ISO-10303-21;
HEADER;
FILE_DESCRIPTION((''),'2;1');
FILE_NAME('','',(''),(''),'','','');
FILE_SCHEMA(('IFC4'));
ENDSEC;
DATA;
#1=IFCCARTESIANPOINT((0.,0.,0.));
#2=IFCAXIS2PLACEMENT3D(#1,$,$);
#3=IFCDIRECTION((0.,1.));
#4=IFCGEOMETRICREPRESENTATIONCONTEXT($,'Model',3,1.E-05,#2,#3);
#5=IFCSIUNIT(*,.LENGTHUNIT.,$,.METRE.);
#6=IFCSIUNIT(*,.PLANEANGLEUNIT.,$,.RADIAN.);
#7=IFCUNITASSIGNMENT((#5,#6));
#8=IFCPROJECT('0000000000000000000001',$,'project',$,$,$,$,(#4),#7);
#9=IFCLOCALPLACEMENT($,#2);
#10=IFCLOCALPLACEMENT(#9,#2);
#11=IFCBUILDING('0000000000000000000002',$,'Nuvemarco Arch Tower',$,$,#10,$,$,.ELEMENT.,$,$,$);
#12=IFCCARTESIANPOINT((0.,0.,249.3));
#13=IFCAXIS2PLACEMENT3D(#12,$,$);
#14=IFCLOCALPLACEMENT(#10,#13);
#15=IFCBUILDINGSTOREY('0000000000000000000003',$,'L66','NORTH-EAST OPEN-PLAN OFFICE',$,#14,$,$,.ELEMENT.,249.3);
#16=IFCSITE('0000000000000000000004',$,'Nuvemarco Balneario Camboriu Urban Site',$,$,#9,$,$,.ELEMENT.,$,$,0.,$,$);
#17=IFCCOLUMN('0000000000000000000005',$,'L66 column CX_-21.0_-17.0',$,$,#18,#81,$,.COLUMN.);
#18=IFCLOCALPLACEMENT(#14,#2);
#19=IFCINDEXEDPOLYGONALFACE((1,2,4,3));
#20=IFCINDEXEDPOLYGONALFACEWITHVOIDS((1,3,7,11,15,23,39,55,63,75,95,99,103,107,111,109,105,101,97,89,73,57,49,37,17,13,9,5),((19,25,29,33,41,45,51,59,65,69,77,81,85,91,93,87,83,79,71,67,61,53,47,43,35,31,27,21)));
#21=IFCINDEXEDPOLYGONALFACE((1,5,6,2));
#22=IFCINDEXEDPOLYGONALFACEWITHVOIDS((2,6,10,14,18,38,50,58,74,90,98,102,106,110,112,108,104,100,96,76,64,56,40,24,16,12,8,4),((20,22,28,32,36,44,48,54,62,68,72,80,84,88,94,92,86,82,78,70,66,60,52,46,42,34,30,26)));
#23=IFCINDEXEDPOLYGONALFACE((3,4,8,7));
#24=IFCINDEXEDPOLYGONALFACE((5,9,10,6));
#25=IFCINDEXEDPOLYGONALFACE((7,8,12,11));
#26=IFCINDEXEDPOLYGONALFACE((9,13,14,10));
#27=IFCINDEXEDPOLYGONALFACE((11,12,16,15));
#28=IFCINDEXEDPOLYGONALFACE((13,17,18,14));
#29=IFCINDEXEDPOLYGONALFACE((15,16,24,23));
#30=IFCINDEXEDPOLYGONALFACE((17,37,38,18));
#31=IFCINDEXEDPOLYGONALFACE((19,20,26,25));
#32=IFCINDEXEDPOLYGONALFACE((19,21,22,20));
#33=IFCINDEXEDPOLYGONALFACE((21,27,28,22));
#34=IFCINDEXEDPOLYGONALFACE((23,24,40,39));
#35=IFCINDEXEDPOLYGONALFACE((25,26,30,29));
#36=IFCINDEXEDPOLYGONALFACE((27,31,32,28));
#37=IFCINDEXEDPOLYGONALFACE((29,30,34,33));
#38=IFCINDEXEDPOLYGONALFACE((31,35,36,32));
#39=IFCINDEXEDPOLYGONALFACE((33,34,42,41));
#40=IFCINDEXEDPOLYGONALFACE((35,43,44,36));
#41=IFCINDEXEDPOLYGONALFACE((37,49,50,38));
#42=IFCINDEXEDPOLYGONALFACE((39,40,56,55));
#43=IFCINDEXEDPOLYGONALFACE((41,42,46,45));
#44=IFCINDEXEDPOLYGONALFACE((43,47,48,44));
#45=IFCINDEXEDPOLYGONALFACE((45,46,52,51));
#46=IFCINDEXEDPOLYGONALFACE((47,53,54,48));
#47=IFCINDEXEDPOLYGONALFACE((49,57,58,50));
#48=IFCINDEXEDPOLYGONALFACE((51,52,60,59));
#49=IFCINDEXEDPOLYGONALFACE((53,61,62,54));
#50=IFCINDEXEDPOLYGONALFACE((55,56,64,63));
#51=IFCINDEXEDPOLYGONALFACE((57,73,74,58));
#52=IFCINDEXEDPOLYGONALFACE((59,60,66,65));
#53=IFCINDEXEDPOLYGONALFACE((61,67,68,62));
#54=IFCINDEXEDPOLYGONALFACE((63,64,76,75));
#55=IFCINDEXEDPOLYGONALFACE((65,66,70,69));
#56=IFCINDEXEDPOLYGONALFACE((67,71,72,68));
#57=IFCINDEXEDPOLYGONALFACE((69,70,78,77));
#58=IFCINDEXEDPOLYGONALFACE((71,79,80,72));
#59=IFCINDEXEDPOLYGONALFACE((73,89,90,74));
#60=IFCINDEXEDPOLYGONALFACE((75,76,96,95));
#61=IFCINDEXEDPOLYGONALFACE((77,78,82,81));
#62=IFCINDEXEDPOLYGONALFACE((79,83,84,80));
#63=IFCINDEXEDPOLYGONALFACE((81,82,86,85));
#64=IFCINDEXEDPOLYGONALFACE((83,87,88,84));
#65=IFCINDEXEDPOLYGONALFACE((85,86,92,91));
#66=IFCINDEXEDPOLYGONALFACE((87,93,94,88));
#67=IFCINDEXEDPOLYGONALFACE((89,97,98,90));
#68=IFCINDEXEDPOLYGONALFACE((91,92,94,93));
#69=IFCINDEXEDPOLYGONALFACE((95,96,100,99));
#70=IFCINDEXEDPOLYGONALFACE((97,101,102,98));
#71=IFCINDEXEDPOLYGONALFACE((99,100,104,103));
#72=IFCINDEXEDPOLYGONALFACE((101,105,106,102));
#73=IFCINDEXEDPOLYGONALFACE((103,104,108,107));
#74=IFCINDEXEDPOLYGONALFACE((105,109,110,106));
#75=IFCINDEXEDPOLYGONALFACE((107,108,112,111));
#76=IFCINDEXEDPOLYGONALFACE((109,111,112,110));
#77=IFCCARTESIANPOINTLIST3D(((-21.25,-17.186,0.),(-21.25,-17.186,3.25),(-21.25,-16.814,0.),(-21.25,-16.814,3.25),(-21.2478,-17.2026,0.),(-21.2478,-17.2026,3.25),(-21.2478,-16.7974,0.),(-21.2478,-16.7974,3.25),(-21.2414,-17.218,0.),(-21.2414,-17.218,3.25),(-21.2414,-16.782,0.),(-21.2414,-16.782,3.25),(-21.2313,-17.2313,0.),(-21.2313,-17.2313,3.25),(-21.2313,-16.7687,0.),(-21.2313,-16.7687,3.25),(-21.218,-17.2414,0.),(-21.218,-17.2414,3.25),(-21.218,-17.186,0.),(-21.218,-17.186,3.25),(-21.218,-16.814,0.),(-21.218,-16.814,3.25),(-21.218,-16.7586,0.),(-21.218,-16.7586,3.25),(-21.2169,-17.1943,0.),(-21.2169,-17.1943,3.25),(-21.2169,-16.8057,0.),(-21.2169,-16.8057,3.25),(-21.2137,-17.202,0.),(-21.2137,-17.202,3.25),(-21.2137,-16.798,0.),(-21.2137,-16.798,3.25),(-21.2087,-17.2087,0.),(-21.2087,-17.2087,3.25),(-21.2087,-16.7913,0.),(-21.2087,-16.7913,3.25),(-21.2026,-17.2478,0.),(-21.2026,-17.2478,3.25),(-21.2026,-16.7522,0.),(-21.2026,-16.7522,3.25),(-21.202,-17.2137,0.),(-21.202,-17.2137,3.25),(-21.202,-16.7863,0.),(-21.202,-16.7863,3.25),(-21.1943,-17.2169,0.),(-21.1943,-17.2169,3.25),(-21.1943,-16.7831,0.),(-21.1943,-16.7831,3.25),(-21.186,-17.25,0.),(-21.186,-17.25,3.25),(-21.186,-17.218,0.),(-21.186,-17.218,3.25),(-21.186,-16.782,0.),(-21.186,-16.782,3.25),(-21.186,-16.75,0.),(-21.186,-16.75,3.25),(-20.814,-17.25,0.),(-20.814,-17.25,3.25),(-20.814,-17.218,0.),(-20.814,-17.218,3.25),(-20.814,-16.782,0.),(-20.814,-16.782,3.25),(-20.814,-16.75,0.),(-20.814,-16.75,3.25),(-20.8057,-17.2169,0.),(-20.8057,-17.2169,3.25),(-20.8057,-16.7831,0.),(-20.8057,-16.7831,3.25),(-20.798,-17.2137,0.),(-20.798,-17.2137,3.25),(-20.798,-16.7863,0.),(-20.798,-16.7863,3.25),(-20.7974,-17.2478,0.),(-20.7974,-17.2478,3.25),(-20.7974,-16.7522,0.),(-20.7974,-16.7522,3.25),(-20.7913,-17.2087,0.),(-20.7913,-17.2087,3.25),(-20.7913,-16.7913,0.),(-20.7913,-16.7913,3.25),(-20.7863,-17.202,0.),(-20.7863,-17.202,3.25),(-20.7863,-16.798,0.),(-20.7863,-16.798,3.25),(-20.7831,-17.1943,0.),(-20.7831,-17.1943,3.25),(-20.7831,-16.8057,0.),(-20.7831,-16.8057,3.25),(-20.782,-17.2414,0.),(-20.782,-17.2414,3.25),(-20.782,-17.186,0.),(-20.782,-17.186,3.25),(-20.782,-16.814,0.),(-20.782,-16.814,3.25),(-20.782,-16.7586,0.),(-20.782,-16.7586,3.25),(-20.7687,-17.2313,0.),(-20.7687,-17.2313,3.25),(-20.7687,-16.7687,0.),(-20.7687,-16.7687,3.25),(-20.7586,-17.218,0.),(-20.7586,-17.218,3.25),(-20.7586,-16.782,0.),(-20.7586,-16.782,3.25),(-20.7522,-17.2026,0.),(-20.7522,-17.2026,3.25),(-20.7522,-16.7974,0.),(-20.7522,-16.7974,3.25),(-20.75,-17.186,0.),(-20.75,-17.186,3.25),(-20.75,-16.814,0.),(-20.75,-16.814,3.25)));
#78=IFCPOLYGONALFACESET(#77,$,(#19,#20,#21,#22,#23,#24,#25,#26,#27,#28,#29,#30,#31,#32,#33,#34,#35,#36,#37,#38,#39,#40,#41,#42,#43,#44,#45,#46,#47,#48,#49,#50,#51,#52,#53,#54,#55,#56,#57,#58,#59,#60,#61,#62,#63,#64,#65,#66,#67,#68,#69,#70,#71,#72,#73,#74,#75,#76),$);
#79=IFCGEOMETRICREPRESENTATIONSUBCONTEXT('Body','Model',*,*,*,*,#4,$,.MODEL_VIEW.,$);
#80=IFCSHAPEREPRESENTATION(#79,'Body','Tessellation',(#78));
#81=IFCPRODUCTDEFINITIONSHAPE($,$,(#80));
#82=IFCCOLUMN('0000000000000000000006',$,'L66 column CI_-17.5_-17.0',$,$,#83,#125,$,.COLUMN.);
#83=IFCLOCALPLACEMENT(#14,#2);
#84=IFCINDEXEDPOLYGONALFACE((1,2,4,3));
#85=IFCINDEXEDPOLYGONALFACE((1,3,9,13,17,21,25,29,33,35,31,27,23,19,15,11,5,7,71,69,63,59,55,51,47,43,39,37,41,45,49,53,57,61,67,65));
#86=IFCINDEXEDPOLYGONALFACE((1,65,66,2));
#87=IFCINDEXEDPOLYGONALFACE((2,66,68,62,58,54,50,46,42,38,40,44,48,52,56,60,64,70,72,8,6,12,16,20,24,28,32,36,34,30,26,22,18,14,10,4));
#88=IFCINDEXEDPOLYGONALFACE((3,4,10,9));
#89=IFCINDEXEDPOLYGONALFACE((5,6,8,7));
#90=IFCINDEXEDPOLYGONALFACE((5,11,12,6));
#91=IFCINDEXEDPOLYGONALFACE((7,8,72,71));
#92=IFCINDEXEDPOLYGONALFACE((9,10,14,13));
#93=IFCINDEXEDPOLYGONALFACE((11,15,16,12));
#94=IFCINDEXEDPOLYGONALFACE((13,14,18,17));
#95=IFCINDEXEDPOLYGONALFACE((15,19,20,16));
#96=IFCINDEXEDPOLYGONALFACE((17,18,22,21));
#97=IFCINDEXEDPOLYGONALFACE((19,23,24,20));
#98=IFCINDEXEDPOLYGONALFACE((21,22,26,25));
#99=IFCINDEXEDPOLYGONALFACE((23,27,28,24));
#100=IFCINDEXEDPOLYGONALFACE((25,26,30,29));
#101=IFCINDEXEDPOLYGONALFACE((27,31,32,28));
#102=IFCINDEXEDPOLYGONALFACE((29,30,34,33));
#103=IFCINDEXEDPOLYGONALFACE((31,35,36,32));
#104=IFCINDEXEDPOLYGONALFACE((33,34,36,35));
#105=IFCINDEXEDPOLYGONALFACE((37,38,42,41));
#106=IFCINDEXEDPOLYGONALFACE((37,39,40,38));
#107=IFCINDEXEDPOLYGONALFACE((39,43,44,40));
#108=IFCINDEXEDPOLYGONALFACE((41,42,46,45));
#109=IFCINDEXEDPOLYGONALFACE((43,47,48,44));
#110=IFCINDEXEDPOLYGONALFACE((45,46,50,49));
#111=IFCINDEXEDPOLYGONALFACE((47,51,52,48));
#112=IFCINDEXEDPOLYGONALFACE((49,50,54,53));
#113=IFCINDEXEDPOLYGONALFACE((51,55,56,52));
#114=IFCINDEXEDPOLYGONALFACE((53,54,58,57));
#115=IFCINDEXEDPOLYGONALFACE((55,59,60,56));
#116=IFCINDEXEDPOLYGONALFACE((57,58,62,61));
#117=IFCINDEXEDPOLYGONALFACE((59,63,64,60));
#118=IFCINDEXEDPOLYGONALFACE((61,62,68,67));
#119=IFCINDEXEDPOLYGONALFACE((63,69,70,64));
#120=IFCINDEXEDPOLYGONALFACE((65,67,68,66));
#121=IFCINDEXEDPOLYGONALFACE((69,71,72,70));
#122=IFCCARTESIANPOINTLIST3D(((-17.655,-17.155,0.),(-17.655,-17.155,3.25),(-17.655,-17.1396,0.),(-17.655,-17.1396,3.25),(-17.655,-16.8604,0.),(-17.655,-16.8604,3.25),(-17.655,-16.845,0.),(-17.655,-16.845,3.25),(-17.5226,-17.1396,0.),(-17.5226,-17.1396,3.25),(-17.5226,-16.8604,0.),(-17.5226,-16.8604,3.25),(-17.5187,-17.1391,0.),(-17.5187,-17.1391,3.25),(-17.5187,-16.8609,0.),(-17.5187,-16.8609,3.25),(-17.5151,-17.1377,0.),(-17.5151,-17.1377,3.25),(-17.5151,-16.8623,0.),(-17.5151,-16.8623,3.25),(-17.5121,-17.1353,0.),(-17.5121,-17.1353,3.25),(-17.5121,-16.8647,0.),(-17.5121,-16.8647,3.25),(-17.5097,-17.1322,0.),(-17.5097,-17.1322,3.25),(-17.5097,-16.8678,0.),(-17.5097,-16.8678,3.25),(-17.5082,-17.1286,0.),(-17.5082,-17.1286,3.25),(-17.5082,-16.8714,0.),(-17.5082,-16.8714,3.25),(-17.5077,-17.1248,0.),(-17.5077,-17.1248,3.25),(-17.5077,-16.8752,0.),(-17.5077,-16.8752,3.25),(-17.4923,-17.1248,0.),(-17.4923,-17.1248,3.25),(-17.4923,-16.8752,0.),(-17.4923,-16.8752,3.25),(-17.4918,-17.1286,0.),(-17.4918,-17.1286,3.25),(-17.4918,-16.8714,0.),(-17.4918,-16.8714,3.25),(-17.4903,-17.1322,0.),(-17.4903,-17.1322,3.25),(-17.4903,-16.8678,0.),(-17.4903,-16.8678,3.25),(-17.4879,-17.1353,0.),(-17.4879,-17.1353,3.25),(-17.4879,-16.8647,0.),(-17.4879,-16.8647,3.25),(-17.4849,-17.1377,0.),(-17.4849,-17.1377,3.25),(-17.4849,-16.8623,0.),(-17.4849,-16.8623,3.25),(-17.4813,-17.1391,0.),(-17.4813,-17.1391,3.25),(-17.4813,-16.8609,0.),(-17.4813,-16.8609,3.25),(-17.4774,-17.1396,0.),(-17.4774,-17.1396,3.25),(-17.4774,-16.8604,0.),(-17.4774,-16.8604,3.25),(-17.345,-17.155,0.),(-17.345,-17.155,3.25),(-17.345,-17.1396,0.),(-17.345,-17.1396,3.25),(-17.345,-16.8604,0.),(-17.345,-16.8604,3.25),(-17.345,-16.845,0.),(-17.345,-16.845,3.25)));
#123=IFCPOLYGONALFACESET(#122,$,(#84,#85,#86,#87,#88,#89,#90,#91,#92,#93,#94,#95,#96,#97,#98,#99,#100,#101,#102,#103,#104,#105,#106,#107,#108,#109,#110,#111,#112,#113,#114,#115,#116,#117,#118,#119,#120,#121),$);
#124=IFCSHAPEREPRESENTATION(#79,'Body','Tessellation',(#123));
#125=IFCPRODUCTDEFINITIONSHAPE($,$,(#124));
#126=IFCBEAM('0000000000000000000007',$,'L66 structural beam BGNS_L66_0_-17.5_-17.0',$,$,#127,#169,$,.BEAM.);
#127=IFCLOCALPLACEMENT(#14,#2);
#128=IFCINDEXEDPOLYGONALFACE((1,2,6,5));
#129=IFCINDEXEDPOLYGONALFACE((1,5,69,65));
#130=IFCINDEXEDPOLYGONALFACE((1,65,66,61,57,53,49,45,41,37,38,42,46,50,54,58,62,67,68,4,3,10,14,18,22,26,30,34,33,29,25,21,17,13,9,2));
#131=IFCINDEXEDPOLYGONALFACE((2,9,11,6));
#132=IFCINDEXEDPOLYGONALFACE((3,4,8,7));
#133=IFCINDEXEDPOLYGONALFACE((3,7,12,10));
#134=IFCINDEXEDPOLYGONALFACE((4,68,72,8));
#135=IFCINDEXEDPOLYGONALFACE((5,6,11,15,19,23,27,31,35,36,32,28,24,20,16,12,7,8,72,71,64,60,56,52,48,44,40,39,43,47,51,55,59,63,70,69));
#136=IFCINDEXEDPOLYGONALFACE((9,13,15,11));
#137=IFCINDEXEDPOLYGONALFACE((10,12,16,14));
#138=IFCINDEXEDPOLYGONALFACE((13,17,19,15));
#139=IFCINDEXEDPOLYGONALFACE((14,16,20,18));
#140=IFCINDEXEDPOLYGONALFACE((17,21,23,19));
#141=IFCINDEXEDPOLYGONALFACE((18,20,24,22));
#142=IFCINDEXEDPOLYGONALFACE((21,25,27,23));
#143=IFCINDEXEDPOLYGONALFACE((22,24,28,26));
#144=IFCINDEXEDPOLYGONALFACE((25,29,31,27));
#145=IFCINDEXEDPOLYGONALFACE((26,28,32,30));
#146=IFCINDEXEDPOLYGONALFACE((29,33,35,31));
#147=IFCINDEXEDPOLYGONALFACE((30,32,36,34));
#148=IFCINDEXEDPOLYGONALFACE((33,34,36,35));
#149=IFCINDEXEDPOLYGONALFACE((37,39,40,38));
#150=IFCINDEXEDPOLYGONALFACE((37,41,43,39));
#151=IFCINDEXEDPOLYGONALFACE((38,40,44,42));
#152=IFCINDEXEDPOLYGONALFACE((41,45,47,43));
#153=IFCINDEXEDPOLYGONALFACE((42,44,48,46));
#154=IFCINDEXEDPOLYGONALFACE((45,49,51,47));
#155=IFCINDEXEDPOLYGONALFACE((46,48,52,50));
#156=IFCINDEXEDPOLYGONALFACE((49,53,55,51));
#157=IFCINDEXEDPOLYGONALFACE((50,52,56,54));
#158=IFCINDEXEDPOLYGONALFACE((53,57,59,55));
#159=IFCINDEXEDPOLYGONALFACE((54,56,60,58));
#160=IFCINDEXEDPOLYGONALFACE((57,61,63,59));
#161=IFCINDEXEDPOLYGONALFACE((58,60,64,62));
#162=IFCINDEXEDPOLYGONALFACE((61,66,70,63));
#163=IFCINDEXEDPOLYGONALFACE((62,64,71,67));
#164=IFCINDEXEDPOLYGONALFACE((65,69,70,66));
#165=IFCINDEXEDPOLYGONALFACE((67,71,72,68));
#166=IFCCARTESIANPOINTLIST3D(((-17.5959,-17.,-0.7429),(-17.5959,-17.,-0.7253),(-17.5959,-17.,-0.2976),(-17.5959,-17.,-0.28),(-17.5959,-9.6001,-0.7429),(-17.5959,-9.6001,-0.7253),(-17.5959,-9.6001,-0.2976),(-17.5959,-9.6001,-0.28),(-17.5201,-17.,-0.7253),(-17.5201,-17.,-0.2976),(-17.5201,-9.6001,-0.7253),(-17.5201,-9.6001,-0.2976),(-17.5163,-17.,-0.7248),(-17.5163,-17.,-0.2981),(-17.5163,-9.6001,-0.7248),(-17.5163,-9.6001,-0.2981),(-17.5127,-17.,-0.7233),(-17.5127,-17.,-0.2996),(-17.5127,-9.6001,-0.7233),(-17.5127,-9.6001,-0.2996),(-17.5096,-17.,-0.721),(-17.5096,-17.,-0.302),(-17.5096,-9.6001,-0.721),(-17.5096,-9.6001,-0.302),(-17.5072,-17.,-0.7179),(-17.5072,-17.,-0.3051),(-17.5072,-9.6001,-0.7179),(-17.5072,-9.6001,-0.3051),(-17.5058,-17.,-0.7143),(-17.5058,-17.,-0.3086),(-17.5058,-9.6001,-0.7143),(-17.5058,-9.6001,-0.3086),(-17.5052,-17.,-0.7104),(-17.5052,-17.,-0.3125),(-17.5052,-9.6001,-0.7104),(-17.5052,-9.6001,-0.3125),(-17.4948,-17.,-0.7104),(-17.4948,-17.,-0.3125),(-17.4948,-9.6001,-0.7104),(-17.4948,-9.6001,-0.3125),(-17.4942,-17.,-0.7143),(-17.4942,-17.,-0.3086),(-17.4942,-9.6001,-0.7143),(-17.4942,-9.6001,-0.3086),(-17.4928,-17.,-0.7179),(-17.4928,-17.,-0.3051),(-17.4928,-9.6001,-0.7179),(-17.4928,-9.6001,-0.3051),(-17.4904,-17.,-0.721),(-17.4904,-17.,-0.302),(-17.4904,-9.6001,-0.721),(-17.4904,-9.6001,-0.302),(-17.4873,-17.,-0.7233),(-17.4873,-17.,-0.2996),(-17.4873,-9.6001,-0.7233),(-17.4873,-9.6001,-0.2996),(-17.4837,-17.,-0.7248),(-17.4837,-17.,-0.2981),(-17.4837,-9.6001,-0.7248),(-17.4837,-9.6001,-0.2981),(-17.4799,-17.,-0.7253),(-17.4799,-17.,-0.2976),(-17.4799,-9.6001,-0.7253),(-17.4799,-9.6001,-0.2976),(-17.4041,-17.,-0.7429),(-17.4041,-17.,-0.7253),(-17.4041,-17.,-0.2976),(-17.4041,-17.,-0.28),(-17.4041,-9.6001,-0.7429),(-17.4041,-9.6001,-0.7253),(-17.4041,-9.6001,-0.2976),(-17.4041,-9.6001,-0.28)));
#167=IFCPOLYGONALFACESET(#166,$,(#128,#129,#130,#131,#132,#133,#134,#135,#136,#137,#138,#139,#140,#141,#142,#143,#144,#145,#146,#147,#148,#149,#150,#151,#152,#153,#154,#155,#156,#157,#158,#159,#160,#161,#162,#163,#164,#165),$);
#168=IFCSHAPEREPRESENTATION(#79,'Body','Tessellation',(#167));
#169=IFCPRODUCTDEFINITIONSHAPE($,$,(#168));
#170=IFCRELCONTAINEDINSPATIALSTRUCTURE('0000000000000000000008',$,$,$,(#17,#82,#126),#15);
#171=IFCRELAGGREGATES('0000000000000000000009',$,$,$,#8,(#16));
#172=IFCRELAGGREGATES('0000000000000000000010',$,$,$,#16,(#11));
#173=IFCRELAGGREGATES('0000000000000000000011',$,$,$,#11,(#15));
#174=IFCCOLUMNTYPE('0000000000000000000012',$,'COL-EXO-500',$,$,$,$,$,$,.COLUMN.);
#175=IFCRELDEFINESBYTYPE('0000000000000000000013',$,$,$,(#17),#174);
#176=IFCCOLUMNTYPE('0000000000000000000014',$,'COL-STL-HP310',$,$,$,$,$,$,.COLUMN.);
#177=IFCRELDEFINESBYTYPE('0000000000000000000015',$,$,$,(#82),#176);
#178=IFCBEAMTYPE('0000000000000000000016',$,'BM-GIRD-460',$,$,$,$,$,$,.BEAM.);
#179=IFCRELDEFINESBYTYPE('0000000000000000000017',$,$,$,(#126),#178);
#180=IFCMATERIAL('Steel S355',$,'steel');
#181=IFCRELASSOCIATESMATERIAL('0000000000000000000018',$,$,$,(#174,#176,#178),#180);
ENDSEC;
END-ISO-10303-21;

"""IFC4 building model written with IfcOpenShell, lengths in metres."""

from ifc_helpers import new_model, si_unit, direction, frame, origin, origin_2d, place, context, subcontext, project, spatial, hollow_rectangle, i_section, extrude, material, material_profile, profile_set, type_object, element, save


model = new_model("IFC4")

# Units and contexts
model_context = context("Model", 3, precision=1e-05, world=origin(), true_north=direction((0.0, 1.0)))
body_context = subcontext(model_context, "Body", "Model", "MODEL_VIEW")
ifc_project = project(units=[si_unit("LENGTHUNIT", "METRE"), si_unit("PLANEANGLEUNIT", "RADIAN")], contexts=[model_context])

# Site, building, storey
site_placement = place(None, origin())
site = spatial("IfcSite", under=ifc_project, at=site_placement, Name="Nuvemarco Balneario Camboriu Urban Site", CompositionType="ELEMENT", RefElevation=0.0)
building_placement = place(site_placement, origin())
building = spatial("IfcBuilding", under=site, at=building_placement, Name="Nuvemarco Arch Tower", CompositionType="ELEMENT")
storey_placement = place(building_placement, frame((0.0, 0.0, 249.3)))
storey = spatial("IfcBuildingStorey", under=building, at=storey_placement, Name="L66", Description="NORTH-EAST OPEN-PLAN OFFICE", CompositionType="ELEMENT", Elevation=249.3)

# Columns
ifc_material_1 = material(Name="Steel S355", Category="steel")
ifc_material_profile_1 = material_profile(ifc_material_1, hollow_rectangle(XDim=0.5, YDim=0.5, WallThickness=0.032, InnerFilletRadius=0.032, OuterFilletRadius=0.064, at=origin_2d()), Name="SHS500x500x32")
ifc_profile_set_1 = profile_set([ifc_material_profile_1], Name="Steel S355")
column_type_1 = type_object("IfcColumnType", Name="COL-EXO-500", PredefinedType="COLUMN", material=ifc_profile_set_1)
column_1_placement = place(storey_placement, frame((-21.0, -17.0, 0.0), z_axis=(0.0, 0.0, 1.0), x_axis=(1.0, 0.0, 0.0)))
element("IfcColumn", 1, at=column_1_placement, inside=storey, type_object=column_type_1, Name="L66 column CX_-21.0_-17.0", PredefinedType="COLUMN", context=body_context, shape_type="SweptSolid", body=[
    extrude(hollow_rectangle(XDim=0.5, YDim=0.5, WallThickness=0.032, InnerFilletRadius=0.032, OuterFilletRadius=0.064, at=origin_2d()), origin(), (0.0, 0.0, 1.0), 3.25),
])
ifc_material_profile_2 = material_profile(ifc_material_1, i_section(OverallWidth=0.3101, OverallDepth=0.3101, WebThickness=0.0154, FlangeThickness=0.0154, FilletRadius=0.0149, at=origin_2d()), Name="HP310x110")
ifc_profile_set_2 = profile_set([ifc_material_profile_2], Name="Steel S355")
column_type_2 = type_object("IfcColumnType", Name="COL-STL-HP310", PredefinedType="COLUMN", material=ifc_profile_set_2)
column_2_placement = place(storey_placement, frame((-17.5, -17.0, 0.0), z_axis=(0.0, 0.0, 1.0), x_axis=(1.0, 0.0, 0.0)))
element("IfcColumn", 2, at=column_2_placement, inside=storey, type_object=column_type_2, Name="L66 column CI_-17.5_-17.0", PredefinedType="COLUMN", context=body_context, shape_type="SweptSolid", body=[
    extrude(i_section(OverallWidth=0.3101, OverallDepth=0.3101, WebThickness=0.0154, FlangeThickness=0.0154, FilletRadius=0.0149, at=origin_2d()), origin(), (0.0, 0.0, 1.0), 3.25),
])

# Beam
ifc_material_profile_3 = material_profile(ifc_material_1, i_section(OverallWidth=0.1919, OverallDepth=0.4629, WebThickness=0.0105, FlangeThickness=0.0176, FilletRadius=0.0149, at=origin_2d()), Name="W460x89")
ifc_profile_set_3 = profile_set([ifc_material_profile_3], Name="Steel S355")
beam_type_1 = type_object("IfcBeamType", Name="BM-GIRD-460", PredefinedType="BEAM", material=ifc_profile_set_3)
beam_1_placement = place(storey_placement, frame((-17.5, -17.0, -0.5115), z_axis=(0.0, 1.0, 0.0), x_axis=(-1.0, 0.0, 0.0)))
element("IfcBeam", 3, at=beam_1_placement, inside=storey, type_object=beam_type_1, Name="L66 structural beam BGNS_L66_0_-17.5_-17.0", PredefinedType="BEAM", context=body_context, shape_type="SweptSolid", body=[
    extrude(i_section(OverallWidth=0.1919, OverallDepth=0.4629, WebThickness=0.0105, FlangeThickness=0.0176, FilletRadius=0.0149, at=origin_2d()), origin(), (0.0, 0.0, 1.0), 7.3999),
])

save(model, "model.ifc")
